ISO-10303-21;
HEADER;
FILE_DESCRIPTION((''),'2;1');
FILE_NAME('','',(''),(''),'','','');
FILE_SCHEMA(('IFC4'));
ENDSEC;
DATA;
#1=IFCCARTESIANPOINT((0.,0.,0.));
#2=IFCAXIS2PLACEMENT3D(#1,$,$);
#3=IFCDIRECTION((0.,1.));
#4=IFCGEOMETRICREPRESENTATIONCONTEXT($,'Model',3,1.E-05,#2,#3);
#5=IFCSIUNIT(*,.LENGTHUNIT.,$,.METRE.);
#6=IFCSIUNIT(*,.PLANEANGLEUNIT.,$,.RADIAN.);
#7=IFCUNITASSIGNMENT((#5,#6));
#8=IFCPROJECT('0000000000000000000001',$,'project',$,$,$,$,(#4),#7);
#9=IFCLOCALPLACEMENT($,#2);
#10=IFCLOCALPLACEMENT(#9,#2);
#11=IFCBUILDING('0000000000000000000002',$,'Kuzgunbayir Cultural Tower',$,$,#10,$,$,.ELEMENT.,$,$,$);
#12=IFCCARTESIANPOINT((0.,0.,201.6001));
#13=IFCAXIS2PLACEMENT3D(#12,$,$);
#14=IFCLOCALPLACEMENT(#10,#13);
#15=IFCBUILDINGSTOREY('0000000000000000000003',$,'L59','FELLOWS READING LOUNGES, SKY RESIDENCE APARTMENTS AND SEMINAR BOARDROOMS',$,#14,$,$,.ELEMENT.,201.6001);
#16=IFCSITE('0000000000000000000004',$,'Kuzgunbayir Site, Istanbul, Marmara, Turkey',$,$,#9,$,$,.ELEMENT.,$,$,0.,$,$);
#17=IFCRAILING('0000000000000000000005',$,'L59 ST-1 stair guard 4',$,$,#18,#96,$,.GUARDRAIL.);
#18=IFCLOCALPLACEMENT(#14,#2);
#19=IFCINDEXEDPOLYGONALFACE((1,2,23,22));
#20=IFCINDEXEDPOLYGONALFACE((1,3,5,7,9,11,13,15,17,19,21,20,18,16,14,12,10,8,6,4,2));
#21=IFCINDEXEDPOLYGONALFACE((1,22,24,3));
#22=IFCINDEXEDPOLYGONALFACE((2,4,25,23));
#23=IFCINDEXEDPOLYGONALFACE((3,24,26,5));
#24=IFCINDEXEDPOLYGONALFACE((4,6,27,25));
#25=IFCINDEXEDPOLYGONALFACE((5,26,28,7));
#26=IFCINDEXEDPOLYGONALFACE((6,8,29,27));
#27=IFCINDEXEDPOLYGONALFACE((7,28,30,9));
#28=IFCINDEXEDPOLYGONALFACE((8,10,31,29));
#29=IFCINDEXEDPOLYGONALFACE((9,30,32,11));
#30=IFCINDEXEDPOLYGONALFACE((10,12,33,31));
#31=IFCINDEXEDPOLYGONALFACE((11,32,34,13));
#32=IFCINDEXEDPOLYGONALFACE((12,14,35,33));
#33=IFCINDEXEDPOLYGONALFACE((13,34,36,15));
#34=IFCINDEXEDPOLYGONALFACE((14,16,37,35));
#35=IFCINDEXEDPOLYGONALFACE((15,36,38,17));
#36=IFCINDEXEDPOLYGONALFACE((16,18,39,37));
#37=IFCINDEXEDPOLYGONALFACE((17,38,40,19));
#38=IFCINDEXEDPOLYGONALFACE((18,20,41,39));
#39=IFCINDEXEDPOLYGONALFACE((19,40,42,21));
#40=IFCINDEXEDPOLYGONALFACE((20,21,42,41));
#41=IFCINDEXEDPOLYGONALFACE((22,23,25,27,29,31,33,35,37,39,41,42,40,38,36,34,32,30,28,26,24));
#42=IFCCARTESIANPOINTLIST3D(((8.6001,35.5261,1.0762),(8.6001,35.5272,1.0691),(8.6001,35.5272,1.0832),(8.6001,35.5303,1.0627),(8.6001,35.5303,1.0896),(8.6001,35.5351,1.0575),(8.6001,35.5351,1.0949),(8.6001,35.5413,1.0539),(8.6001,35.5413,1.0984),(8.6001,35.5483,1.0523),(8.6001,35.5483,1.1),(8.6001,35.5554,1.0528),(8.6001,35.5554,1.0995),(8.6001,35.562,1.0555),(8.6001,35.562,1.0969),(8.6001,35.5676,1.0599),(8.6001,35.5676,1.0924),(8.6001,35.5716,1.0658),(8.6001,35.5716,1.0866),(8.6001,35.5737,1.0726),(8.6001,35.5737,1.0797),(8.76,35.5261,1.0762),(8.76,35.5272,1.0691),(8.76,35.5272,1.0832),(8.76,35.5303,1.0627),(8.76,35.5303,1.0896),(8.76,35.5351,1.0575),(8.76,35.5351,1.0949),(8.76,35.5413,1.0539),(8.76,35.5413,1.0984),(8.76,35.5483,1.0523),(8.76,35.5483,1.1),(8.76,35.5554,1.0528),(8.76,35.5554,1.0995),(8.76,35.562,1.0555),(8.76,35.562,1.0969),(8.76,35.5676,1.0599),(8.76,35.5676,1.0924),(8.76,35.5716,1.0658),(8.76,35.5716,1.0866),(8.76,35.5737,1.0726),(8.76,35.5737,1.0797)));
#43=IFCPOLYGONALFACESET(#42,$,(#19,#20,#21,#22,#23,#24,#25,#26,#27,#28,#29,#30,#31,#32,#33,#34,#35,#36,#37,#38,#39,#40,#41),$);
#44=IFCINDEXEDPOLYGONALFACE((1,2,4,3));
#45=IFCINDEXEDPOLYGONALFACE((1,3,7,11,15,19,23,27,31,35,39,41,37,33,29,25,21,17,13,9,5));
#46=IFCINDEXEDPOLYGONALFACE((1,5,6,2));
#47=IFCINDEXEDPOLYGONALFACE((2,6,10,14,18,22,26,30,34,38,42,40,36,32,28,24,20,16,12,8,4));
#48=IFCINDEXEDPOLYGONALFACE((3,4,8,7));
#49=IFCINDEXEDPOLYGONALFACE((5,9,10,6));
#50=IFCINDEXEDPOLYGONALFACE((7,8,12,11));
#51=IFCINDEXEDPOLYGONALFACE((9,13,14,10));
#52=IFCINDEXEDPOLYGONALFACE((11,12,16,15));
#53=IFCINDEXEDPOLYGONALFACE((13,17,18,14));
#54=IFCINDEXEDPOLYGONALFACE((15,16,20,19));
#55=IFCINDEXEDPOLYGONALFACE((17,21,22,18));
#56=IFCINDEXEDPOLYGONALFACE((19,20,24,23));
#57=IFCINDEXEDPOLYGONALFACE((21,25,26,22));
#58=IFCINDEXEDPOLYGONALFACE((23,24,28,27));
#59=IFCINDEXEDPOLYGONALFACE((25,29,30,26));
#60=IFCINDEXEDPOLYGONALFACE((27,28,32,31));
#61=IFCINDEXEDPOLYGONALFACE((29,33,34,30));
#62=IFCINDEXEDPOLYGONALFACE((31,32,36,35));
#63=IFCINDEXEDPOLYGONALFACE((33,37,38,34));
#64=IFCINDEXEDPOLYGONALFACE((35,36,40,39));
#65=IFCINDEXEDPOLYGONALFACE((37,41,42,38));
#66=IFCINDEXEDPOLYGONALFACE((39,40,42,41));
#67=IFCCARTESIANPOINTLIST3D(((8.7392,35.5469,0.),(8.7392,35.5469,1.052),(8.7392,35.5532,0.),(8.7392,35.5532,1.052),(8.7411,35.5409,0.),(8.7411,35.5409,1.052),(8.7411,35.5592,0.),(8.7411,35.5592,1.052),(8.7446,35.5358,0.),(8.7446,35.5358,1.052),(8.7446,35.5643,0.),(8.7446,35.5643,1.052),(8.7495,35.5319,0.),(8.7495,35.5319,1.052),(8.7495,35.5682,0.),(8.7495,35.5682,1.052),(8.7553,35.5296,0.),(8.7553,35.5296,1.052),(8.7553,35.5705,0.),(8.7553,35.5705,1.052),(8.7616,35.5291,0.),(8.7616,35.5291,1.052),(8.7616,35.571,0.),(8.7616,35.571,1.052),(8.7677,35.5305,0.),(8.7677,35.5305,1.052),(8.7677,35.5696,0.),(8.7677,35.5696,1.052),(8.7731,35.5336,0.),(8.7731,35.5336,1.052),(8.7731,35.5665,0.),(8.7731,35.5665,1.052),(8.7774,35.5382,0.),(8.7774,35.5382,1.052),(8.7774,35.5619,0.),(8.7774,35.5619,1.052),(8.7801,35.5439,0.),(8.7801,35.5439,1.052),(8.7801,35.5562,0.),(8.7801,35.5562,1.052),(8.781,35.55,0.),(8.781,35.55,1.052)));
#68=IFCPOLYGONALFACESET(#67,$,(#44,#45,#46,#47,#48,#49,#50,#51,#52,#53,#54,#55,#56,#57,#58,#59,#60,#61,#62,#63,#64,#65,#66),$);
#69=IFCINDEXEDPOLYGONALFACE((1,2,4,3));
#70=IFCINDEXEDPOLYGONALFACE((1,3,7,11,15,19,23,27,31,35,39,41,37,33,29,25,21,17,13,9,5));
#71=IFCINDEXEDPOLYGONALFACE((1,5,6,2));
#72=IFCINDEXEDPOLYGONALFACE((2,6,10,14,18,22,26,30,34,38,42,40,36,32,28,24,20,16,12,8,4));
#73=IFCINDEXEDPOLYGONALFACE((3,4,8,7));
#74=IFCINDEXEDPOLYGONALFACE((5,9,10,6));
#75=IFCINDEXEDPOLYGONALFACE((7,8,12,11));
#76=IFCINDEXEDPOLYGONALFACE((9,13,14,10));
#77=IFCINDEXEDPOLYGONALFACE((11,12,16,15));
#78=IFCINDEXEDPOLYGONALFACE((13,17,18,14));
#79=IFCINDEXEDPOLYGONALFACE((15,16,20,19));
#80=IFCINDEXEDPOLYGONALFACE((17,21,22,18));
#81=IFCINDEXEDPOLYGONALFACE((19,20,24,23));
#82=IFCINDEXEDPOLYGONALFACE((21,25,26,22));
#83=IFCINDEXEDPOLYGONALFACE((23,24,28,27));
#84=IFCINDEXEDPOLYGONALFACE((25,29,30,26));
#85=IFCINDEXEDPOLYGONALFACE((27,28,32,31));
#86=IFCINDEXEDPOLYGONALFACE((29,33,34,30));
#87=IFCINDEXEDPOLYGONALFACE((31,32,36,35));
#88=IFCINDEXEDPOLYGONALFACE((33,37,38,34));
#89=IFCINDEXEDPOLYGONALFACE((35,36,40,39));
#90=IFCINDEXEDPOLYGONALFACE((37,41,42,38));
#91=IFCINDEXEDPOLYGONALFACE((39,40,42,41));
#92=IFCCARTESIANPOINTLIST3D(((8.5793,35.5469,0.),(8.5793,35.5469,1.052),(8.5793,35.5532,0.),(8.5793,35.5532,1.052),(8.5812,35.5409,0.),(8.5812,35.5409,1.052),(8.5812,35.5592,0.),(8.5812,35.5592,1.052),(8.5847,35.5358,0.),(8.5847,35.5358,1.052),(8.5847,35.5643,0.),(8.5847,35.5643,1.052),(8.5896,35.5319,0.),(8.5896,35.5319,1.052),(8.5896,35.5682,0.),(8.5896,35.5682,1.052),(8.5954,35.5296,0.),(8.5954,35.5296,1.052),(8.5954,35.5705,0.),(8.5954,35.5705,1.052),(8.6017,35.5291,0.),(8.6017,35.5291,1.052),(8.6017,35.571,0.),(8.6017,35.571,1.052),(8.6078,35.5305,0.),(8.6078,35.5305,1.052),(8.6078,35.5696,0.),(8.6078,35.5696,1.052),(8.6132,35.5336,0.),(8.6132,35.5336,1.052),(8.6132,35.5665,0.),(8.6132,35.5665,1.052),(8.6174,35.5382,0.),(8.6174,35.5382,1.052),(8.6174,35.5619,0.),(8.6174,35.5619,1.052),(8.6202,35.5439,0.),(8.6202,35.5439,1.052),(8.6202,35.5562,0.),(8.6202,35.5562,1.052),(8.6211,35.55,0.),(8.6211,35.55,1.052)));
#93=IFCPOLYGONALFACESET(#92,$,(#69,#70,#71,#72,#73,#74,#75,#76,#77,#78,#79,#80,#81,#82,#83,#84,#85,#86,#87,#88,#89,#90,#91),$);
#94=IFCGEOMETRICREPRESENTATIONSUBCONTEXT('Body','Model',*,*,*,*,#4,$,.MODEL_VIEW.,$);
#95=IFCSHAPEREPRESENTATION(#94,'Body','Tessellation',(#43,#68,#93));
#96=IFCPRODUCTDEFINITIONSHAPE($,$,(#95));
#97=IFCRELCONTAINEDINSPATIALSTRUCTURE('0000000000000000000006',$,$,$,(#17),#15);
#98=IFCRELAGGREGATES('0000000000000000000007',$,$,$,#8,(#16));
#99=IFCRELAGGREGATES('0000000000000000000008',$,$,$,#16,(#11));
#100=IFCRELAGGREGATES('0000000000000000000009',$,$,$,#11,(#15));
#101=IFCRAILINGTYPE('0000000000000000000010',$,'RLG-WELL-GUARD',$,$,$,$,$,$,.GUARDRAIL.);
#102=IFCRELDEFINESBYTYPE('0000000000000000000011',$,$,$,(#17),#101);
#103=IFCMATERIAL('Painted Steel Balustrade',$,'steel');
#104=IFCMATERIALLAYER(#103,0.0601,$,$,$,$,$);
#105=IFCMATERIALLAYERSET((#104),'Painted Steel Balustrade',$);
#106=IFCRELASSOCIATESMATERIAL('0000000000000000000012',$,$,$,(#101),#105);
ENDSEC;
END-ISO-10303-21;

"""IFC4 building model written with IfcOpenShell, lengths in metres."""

from ifc_helpers import new_model, si_unit, direction, frame, origin, origin_2d, place, context, subcontext, project, spatial, circle, extrude, material, layer, layer_set, type_object, element, save


model = new_model("IFC4")

# Units and contexts
model_context = context("Model", 3, precision=1e-05, world=origin(), true_north=direction((0.0, 1.0)))
body_context = subcontext(model_context, "Body", "Model", "MODEL_VIEW")
ifc_project = project(units=[si_unit("LENGTHUNIT", "METRE"), si_unit("PLANEANGLEUNIT", "RADIAN")], contexts=[model_context])

# Site, building, storey
site_placement = place(None, origin())
site = spatial("IfcSite", under=ifc_project, at=site_placement, Name="Kuzgunbayir Site, Istanbul, Marmara, Turkey", CompositionType="ELEMENT", RefElevation=0.0)
building_placement = place(site_placement, origin())
building = spatial("IfcBuilding", under=site, at=building_placement, Name="Kuzgunbayir Cultural Tower", CompositionType="ELEMENT")
storey_placement = place(building_placement, frame((0.0, 0.0, 201.6001)))
storey = spatial("IfcBuildingStorey", under=building, at=storey_placement, Name="L59", Description="FELLOWS READING LOUNGES, SKY RESIDENCE APARTMENTS AND SEMINAR BOARDROOMS", CompositionType="ELEMENT", Elevation=201.6001)

# Railing
ifc_material_1 = material(Name="Painted Steel Balustrade", Category="steel")
ifc_layer_1 = layer(ifc_material_1, 0.0601)
ifc_layer_set_1 = layer_set([ifc_layer_1], Name="Painted Steel Balustrade")
railing_type_1 = type_object("IfcRailingType", Name="RLG-WELL-GUARD", PredefinedType="GUARDRAIL", material=ifc_layer_set_1)
railing_1_placement = place(storey_placement, frame((8.76, 35.55, 0.0)))
element("IfcRailing", 1, at=railing_1_placement, inside=storey, type_object=railing_type_1, Name="L59 ST-1 stair guard 4", PredefinedType="GUARDRAIL", context=body_context, shape_type="SweptSolid", body=[
    extrude(circle(Radius=0.0239, at=origin_2d()), frame((0.0, 0.0, 1.0762), z_axis=(-1.0, 0.0, 0.0), x_axis=(0.0, -1.0, 0.0)), (0.0, 0.0, 1.0), 0.1599),
    extrude(circle(Radius=0.021, at=origin_2d()), origin(), (0.0, 0.0, 1.0), 1.052),
    extrude(circle(Radius=0.021, at=origin_2d()), frame((-0.1599, 0.0, 0.0)), (0.0, 0.0, 1.0), 1.052),
])

save(model, "model.ifc")
